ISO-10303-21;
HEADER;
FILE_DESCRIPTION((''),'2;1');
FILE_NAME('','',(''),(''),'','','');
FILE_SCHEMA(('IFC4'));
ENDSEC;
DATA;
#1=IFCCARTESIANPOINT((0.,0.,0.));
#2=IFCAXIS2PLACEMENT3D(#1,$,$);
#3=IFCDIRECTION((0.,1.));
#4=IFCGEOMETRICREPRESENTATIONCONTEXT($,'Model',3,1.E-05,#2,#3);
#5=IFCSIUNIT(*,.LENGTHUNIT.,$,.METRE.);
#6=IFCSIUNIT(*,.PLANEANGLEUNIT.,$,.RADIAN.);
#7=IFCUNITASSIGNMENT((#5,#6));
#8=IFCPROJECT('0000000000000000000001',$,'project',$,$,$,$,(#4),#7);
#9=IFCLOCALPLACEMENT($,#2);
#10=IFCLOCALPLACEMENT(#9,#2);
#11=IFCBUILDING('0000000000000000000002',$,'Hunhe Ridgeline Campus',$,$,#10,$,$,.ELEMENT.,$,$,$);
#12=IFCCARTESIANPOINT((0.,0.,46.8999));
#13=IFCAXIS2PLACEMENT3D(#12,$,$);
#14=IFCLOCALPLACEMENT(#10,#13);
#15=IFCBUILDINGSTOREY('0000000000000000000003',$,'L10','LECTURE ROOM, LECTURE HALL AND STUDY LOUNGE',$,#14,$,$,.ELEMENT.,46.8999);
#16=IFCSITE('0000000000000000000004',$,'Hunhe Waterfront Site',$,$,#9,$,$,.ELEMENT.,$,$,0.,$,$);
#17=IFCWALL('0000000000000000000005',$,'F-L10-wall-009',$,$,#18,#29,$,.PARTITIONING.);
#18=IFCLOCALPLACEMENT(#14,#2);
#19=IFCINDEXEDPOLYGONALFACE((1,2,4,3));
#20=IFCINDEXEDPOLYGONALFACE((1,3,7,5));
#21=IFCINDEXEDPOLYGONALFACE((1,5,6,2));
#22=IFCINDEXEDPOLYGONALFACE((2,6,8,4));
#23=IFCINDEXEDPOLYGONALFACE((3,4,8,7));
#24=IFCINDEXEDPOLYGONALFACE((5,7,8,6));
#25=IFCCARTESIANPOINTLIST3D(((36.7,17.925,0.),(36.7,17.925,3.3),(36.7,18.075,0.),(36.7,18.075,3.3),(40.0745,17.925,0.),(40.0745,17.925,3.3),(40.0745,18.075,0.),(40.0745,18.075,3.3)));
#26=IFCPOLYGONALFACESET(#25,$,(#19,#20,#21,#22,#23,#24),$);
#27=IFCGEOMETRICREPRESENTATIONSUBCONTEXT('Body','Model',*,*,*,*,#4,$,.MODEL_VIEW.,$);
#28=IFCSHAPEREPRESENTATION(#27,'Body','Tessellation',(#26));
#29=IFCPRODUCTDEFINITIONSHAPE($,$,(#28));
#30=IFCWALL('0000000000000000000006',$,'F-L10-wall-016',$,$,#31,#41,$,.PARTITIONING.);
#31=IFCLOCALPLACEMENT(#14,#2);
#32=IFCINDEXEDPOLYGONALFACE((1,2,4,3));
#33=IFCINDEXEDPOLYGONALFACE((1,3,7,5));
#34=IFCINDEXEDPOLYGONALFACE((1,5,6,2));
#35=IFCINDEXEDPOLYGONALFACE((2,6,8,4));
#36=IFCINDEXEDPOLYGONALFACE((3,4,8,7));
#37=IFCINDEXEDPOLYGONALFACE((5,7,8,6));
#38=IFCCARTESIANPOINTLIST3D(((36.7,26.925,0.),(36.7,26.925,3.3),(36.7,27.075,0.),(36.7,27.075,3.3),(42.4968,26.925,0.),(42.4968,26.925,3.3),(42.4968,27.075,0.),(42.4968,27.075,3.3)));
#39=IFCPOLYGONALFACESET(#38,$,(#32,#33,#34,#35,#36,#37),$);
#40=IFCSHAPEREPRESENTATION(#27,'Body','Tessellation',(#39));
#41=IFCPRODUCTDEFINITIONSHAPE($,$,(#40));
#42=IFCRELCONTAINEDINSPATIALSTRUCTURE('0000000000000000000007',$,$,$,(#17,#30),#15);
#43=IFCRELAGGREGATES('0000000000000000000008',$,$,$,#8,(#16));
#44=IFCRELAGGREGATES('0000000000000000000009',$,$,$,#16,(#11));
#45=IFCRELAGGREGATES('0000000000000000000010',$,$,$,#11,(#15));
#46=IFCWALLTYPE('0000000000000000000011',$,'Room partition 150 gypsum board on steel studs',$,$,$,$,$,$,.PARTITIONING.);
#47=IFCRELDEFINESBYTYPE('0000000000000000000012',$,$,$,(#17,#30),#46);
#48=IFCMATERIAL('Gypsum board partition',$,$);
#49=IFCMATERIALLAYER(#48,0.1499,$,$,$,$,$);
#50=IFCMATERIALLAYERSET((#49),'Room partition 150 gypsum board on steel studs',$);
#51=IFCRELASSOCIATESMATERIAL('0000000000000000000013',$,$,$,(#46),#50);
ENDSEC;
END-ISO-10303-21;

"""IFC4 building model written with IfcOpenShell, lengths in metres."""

from ifc_helpers import new_model, si_unit, direction, frame, frame_2d, origin, place, context, subcontext, project, spatial, rectangle, extrude, material, layer, layer_set, type_object, element, save


model = new_model("IFC4")

# Units and contexts
model_context = context("Model", 3, precision=1e-05, world=origin(), true_north=direction((0.0, 1.0)))
body_context = subcontext(model_context, "Body", "Model", "MODEL_VIEW")
ifc_project = project(units=[si_unit("LENGTHUNIT", "METRE"), si_unit("PLANEANGLEUNIT", "RADIAN")], contexts=[model_context])

# Site, building, storey
site_placement = place(None, origin())
site = spatial("IfcSite", under=ifc_project, at=site_placement, Name="Hunhe Waterfront Site", CompositionType="ELEMENT", RefElevation=0.0)
building_placement = place(site_placement, origin())
building = spatial("IfcBuilding", under=site, at=building_placement, Name="Hunhe Ridgeline Campus", CompositionType="ELEMENT")
storey_placement = place(building_placement, frame((0.0, 0.0, 46.8999)))
storey = spatial("IfcBuildingStorey", under=building, at=storey_placement, Name="L10", Description="LECTURE ROOM, LECTURE HALL AND STUDY LOUNGE", CompositionType="ELEMENT", Elevation=46.8999)

# Walls
ifc_material_1 = material(Name="Gypsum board partition")
ifc_layer_1 = layer(ifc_material_1, 0.1499)
ifc_layer_set_1 = layer_set([ifc_layer_1], Name="Room partition 150 gypsum board on steel studs")
wall_type_1 = type_object("IfcWallType", Name="Room partition 150 gypsum board on steel studs", PredefinedType="PARTITIONING", material=ifc_layer_set_1)
wall_1_placement = place(storey_placement, frame((36.7, 18.0, 0.0), z_axis=(0.0, 0.0, 1.0), x_axis=(1.0, 0.0, 0.0)))
element("IfcWall", 1, at=wall_1_placement, inside=storey, type_object=wall_type_1, Name="F-L10-wall-009", PredefinedType="PARTITIONING", context=body_context, shape_type="SweptSolid", body=[
    extrude(rectangle(XDim=3.3745, YDim=0.1499, at=frame_2d((1.6873, 0.0))), origin(), (0.0, 0.0, 1.0), 3.3),
])
wall_2_placement = place(storey_placement, frame((36.7, 27.0, 0.0), z_axis=(0.0, 0.0, 1.0), x_axis=(1.0, 0.0, 0.0)))
element("IfcWall", 2, at=wall_2_placement, inside=storey, type_object=wall_type_1, Name="F-L10-wall-016", PredefinedType="PARTITIONING", context=body_context, shape_type="SweptSolid", body=[
    extrude(rectangle(XDim=5.7969, YDim=0.1499, at=frame_2d((2.8984, 0.0))), origin(), (0.0, 0.0, 1.0), 3.3),
])

save(model, "model.ifc")
